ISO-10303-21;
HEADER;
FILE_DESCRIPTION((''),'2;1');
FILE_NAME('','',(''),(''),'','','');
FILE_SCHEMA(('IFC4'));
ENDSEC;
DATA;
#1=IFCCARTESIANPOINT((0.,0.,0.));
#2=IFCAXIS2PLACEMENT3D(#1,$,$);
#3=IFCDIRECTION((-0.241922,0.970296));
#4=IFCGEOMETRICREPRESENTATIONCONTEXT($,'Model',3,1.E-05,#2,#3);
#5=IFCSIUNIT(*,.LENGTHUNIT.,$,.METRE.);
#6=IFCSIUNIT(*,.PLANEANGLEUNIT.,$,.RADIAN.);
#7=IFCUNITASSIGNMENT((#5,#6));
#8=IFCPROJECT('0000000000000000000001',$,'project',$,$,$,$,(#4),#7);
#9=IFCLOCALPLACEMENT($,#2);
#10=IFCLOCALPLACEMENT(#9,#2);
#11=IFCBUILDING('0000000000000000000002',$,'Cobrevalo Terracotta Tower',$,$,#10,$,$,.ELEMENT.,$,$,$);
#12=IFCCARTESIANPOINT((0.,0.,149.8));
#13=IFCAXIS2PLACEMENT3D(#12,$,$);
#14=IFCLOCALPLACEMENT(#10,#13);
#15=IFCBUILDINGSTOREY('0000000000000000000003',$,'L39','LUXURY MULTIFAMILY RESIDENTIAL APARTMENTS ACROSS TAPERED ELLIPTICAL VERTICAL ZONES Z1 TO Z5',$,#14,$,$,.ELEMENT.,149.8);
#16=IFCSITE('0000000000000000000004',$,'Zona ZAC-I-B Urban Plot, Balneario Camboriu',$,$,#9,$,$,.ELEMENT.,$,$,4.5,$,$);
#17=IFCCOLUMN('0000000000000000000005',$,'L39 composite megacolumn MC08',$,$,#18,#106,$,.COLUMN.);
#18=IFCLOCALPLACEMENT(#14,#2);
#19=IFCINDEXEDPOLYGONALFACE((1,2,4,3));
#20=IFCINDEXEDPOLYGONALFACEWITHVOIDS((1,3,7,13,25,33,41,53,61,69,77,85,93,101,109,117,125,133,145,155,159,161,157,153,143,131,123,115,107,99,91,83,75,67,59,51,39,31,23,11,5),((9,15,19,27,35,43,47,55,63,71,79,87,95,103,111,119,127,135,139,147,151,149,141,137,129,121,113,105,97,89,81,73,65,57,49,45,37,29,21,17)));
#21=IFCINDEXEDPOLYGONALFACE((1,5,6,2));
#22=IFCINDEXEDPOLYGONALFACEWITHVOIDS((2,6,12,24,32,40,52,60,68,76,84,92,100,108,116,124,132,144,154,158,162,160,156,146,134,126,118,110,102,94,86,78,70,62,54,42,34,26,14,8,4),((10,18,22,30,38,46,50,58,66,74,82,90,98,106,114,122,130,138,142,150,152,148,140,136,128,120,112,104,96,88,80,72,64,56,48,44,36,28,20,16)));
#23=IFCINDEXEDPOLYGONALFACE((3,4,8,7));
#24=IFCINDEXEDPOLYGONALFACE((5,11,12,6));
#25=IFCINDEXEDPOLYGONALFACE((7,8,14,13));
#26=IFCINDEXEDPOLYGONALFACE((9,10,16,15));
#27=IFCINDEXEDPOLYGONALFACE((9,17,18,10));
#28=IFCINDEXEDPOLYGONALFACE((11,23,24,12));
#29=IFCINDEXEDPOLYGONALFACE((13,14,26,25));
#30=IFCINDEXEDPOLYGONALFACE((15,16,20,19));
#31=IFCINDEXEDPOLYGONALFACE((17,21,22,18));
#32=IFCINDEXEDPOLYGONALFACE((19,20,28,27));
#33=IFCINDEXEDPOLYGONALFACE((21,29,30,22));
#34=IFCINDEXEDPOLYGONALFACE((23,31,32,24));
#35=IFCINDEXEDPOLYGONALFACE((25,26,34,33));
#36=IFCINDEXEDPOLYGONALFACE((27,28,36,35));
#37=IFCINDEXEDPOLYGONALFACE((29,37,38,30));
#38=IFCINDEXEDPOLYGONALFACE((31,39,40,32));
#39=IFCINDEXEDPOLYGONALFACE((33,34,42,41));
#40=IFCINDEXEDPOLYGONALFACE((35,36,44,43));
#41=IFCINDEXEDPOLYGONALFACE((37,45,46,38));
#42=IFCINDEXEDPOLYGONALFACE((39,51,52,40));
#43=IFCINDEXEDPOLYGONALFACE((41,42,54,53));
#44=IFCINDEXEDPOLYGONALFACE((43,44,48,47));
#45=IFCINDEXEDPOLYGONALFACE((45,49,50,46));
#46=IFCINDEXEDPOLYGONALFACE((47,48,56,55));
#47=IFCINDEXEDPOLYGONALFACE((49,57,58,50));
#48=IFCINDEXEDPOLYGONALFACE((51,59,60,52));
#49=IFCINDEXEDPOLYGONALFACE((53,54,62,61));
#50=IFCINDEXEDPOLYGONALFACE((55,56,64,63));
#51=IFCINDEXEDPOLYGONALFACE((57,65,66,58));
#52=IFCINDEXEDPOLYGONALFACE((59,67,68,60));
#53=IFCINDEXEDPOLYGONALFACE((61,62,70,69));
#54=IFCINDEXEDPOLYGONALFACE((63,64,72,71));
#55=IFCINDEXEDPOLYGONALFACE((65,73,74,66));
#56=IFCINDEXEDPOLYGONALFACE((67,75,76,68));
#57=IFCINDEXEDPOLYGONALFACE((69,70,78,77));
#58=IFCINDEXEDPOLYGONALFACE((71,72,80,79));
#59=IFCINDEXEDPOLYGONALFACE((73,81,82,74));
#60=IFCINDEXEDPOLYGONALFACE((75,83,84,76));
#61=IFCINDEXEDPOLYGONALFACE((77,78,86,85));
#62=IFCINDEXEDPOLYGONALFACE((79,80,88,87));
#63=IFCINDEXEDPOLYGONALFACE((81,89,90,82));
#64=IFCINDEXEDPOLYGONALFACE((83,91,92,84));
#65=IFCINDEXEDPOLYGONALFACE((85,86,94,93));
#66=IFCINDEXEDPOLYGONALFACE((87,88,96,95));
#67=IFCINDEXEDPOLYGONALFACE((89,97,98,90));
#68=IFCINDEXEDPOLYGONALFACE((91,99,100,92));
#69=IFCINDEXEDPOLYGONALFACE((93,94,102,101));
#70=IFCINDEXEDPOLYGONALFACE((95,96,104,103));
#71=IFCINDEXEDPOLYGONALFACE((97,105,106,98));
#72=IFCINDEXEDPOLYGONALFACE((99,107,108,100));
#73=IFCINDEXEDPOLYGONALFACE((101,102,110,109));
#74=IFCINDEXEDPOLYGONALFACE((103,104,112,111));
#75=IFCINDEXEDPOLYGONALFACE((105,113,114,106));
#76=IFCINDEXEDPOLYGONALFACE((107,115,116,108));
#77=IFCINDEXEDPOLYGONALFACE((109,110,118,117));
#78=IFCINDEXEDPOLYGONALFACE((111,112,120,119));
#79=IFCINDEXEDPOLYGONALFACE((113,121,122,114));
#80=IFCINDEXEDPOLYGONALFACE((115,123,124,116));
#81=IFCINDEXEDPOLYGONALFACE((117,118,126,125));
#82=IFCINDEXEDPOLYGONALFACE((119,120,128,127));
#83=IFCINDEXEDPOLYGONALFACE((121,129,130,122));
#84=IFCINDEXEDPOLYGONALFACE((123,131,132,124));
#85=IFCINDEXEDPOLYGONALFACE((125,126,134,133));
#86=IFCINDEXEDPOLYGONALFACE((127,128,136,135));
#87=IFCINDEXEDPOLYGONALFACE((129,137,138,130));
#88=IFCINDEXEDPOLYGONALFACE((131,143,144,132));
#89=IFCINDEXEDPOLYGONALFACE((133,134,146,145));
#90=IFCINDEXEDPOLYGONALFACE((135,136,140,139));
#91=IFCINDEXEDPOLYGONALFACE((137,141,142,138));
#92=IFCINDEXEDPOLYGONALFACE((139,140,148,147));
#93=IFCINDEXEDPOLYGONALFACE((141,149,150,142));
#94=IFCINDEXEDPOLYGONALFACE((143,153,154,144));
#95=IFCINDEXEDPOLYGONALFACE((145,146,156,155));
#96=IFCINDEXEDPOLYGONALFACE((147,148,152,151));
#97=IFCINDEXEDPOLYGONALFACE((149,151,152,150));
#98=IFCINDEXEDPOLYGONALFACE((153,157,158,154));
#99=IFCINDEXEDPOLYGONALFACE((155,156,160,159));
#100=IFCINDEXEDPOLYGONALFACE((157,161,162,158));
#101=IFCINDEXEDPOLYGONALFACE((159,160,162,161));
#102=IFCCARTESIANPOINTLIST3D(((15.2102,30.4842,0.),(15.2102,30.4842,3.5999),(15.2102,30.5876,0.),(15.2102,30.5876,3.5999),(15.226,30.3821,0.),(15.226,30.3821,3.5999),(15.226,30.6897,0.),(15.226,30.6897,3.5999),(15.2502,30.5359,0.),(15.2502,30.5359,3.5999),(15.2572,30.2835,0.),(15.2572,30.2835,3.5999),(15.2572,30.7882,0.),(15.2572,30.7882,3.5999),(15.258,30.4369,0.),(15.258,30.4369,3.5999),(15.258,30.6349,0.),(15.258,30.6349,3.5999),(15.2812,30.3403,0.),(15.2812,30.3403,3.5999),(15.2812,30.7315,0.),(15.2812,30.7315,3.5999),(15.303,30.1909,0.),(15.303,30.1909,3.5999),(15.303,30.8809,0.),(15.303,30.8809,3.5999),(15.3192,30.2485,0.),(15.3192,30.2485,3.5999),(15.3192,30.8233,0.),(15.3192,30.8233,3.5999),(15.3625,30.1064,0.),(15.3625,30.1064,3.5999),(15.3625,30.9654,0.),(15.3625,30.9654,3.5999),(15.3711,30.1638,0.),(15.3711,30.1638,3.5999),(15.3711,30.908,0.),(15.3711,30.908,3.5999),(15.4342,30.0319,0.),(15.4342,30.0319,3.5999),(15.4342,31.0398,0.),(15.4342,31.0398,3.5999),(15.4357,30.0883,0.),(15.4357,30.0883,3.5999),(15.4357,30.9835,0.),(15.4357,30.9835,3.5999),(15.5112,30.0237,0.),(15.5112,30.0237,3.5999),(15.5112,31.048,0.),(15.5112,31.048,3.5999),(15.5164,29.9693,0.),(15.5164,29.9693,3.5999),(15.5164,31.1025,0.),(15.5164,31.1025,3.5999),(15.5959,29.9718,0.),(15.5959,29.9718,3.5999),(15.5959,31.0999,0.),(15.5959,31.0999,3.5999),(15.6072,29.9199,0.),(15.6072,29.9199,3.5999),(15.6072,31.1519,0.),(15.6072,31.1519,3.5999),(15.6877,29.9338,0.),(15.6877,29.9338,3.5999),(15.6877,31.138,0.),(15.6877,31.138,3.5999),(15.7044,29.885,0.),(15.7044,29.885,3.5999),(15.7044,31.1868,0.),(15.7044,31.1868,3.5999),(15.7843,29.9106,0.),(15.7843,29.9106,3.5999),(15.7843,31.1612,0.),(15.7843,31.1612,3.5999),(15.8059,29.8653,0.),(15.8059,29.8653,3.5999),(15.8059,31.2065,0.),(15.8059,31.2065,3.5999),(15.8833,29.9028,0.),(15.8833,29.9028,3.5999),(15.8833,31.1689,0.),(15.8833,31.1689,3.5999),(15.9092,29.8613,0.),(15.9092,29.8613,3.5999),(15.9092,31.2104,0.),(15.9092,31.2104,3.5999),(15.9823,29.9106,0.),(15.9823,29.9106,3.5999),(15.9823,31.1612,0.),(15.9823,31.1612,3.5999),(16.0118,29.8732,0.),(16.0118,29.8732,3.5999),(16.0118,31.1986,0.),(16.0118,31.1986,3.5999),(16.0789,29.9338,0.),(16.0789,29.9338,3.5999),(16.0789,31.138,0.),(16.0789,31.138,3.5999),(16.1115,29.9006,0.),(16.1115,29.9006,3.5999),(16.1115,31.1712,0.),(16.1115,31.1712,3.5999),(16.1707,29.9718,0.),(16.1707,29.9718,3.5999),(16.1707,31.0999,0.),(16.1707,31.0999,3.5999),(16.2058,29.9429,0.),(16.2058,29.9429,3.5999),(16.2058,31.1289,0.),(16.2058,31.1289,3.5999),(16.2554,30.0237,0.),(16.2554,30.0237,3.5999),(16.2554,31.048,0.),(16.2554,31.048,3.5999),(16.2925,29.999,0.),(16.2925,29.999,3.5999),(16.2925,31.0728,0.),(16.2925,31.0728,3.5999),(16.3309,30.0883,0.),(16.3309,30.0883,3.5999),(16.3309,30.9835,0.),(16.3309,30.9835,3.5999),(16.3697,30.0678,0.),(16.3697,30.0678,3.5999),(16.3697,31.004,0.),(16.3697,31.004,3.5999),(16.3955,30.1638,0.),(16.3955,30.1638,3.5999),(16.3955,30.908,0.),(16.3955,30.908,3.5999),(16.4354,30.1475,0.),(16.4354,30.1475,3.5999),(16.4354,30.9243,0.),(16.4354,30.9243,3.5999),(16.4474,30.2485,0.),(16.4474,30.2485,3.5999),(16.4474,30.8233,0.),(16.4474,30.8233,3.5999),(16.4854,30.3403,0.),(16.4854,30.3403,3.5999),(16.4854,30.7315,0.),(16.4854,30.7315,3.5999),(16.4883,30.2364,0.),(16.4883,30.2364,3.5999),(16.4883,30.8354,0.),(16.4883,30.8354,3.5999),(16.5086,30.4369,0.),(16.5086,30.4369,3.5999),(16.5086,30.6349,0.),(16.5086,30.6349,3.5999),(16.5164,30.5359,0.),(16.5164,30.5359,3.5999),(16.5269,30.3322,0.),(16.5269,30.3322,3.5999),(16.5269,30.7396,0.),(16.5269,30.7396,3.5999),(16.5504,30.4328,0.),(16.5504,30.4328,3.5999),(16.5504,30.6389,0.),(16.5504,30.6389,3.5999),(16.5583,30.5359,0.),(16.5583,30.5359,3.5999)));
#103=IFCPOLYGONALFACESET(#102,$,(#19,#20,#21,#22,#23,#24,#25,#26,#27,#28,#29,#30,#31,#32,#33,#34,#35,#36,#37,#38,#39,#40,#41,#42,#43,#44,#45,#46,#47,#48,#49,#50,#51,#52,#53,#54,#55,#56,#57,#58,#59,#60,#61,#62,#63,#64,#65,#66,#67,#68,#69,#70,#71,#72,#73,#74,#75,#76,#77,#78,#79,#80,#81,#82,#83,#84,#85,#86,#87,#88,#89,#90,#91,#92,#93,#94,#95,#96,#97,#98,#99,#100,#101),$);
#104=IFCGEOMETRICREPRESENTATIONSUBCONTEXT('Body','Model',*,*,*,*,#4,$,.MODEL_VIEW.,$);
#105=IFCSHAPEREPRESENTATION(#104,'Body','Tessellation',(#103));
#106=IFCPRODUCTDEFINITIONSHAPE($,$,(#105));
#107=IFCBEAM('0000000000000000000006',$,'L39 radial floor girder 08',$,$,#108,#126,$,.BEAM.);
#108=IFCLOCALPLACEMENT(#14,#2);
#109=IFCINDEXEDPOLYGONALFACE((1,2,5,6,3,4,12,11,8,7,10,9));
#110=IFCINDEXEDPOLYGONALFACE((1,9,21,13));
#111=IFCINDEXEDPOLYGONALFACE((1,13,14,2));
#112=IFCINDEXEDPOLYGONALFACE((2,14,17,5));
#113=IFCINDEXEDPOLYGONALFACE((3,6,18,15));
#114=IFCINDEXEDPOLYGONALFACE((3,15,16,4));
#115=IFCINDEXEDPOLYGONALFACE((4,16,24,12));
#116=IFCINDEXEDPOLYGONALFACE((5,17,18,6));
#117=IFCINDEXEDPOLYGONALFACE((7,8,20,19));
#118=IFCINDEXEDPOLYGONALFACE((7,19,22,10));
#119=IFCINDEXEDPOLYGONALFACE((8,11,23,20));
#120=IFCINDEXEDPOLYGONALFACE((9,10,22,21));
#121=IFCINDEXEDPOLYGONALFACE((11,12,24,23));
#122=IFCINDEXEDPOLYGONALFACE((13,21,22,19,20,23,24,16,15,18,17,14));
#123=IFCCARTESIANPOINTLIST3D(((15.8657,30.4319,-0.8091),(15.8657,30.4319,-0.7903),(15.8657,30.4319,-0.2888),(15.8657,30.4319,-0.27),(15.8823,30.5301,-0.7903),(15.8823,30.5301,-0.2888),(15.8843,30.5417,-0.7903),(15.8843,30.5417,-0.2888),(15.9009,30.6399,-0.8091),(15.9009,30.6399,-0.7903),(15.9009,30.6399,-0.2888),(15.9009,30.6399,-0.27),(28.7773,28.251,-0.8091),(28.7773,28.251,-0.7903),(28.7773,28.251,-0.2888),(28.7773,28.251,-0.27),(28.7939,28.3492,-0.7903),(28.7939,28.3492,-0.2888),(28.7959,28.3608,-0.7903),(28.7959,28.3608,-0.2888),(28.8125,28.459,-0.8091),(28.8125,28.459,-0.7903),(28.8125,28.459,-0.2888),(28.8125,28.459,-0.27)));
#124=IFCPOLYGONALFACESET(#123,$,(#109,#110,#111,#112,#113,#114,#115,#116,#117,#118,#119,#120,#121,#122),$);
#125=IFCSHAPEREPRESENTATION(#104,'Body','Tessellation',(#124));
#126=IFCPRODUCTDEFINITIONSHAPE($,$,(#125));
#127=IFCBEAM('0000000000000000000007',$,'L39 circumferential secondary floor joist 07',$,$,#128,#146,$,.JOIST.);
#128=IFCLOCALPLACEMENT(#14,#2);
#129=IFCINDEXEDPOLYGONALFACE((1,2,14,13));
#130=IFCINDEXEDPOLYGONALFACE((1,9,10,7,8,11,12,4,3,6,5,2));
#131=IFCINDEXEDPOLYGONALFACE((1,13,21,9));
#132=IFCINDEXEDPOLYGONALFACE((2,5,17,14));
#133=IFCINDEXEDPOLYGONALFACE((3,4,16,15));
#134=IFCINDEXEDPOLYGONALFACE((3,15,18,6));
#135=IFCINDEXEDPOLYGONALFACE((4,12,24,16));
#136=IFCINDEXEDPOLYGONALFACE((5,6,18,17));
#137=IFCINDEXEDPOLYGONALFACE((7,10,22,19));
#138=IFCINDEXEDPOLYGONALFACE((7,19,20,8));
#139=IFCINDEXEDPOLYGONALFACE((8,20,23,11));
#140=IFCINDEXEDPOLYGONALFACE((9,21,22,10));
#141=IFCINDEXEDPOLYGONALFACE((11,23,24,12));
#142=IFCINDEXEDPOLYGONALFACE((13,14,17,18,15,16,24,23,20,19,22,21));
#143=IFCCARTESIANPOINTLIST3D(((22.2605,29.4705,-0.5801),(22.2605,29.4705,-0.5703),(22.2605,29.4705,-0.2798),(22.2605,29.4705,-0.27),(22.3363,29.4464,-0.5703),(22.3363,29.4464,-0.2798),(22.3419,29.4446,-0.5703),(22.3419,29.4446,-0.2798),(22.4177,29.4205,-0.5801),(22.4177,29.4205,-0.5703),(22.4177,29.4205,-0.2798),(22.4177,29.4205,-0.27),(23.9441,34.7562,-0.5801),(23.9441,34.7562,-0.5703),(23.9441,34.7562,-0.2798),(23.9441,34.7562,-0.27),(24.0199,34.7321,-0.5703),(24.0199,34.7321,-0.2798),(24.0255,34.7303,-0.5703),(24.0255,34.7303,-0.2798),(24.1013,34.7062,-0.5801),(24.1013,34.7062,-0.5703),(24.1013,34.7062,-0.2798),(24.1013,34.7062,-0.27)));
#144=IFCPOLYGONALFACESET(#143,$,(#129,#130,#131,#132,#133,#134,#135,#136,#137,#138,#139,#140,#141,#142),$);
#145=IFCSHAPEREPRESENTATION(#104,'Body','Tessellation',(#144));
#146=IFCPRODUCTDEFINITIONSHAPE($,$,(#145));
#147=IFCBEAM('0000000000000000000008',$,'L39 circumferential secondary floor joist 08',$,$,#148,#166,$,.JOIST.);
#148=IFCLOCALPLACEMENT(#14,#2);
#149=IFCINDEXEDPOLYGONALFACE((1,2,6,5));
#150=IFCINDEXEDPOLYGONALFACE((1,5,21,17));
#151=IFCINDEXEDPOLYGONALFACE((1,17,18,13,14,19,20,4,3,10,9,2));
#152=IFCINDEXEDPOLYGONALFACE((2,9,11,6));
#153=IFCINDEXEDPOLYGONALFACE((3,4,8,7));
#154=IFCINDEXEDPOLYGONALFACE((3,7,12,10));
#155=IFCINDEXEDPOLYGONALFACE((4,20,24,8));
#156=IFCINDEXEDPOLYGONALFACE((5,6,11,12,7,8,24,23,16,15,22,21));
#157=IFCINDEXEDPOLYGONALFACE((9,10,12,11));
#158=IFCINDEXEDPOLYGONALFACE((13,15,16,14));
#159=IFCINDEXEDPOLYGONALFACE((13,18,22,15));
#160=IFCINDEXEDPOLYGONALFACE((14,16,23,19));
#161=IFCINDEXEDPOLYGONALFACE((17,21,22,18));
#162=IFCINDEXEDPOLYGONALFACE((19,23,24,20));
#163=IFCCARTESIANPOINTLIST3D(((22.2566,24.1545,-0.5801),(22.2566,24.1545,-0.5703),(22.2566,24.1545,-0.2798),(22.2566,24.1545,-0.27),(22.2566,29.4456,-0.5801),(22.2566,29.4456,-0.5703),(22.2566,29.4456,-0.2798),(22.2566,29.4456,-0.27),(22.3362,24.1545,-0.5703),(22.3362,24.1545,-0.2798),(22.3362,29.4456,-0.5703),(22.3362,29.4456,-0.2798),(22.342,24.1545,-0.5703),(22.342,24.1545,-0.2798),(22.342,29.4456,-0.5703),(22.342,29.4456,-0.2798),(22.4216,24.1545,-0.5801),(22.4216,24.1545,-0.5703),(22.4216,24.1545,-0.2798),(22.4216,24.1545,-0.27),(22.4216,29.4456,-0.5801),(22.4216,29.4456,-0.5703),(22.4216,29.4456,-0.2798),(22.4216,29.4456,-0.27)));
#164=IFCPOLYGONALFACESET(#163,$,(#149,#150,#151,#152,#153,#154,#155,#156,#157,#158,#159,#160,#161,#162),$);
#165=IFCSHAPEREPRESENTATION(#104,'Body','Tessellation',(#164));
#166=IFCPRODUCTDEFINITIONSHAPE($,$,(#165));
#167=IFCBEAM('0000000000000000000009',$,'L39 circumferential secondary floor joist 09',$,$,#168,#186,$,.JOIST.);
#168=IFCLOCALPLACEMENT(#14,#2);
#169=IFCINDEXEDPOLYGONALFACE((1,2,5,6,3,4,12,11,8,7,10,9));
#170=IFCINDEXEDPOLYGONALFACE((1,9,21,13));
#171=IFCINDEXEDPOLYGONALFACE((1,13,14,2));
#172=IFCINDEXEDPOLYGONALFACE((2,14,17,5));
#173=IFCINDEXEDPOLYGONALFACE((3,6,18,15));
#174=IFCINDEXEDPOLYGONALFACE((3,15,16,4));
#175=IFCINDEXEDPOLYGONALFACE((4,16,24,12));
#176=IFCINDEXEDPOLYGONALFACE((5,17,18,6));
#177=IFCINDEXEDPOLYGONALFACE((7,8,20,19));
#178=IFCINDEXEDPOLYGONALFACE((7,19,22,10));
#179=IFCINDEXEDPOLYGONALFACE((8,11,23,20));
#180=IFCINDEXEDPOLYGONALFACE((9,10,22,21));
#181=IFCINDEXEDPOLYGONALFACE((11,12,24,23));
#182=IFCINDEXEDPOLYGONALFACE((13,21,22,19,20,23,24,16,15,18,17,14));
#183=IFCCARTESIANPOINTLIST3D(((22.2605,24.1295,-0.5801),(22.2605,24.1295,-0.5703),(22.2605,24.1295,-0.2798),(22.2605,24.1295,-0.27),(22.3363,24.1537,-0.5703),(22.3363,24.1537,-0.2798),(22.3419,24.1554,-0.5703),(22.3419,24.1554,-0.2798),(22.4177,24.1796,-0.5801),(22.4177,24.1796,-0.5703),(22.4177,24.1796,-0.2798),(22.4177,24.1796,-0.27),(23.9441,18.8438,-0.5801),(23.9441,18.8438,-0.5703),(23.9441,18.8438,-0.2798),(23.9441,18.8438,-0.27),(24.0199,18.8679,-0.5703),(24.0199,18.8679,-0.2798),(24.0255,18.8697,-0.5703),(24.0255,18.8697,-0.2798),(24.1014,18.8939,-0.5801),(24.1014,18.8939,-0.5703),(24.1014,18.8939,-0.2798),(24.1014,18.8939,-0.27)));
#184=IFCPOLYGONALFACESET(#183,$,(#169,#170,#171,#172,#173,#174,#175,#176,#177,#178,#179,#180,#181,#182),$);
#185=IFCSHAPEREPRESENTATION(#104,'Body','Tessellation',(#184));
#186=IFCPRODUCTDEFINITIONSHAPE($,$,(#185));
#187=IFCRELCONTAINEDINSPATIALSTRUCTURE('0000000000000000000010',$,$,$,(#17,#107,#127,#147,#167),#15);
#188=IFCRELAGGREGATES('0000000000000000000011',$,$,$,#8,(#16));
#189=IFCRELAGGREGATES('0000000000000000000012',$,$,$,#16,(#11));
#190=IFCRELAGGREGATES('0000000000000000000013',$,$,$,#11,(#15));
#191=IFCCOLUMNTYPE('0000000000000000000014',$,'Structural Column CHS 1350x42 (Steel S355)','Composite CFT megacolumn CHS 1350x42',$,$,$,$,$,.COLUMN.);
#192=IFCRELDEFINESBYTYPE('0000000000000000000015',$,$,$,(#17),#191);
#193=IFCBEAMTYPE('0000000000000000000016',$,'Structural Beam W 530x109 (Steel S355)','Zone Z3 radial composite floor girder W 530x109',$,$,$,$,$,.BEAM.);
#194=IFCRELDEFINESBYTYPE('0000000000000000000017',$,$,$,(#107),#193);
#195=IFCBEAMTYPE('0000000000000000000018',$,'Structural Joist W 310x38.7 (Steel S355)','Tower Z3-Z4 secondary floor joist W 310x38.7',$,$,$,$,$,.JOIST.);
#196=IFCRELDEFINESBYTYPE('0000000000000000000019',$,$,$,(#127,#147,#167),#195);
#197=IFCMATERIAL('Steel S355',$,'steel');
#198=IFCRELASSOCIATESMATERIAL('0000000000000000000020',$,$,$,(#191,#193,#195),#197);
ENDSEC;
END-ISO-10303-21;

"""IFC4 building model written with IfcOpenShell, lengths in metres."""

from ifc_helpers import new_model, si_unit, direction, frame, origin, origin_2d, place, context, subcontext, project, spatial, hollow_circle, i_section, extrude, material, material_profile, profile_set, type_object, element, save


model = new_model("IFC4")

# Units and contexts
model_context = context("Model", 3, precision=1e-05, world=origin(), true_north=direction((-0.241922, 0.970296)))
body_context = subcontext(model_context, "Body", "Model", "MODEL_VIEW")
ifc_project = project(units=[si_unit("LENGTHUNIT", "METRE"), si_unit("PLANEANGLEUNIT", "RADIAN")], contexts=[model_context])

# Site, building, storey
site_placement = place(None, origin())
site = spatial("IfcSite", under=ifc_project, at=site_placement, Name="Zona ZAC-I-B Urban Plot, Balneario Camboriu", CompositionType="ELEMENT", RefElevation=4.5)
building_placement = place(site_placement, origin())
building = spatial("IfcBuilding", under=site, at=building_placement, Name="Cobrevalo Terracotta Tower", CompositionType="ELEMENT")
storey_placement = place(building_placement, frame((0.0, 0.0, 149.8)))
storey = spatial("IfcBuildingStorey", under=building, at=storey_placement, Name="L39", Description="LUXURY MULTIFAMILY RESIDENTIAL APARTMENTS ACROSS TAPERED ELLIPTICAL VERTICAL ZONES Z1 TO Z5", CompositionType="ELEMENT", Elevation=149.8)

# Column
ifc_material_1 = material(Name="Steel S355", Category="steel")
ifc_material_profile_1 = material_profile(ifc_material_1, hollow_circle(Radius=0.675, WallThickness=0.042, at=origin_2d()), Name="CHS 1350x42")
ifc_profile_set_1 = profile_set([ifc_material_profile_1], Name="Steel S355")
column_type = type_object("IfcColumnType", Name="Structural Column CHS 1350x42 (Steel S355)", Description="Composite CFT megacolumn CHS 1350x42", PredefinedType="COLUMN", material=ifc_profile_set_1)
column_placement = place(storey_placement, frame((15.8833, 30.5359, 0.0), z_axis=(0.0, 0.0, 1.0), x_axis=(1.0, 0.0, 0.0)))
element("IfcColumn", 1, at=column_placement, inside=storey, type_object=column_type, Name="L39 composite megacolumn MC08", PredefinedType="COLUMN", context=body_context, shape_type="SweptSolid", body=[
    extrude(hollow_circle(Radius=0.675, WallThickness=0.042, at=origin_2d()), origin(), (0.0, 0.0, 1.0), 3.5999),
])

# Beams
ifc_material_profile_2 = material_profile(ifc_material_1, i_section(OverallWidth=0.2109, OverallDepth=0.5391, WebThickness=0.0117, FlangeThickness=0.0188, at=origin_2d()), Name="W 530x109")
ifc_profile_set_2 = profile_set([ifc_material_profile_2], Name="Steel S355")
beam_type_1 = type_object("IfcBeamType", Name="Structural Beam W 530x109 (Steel S355)", Description="Zone Z3 radial composite floor girder W 530x109", PredefinedType="BEAM", material=ifc_profile_set_2)
beam_1_placement = place(storey_placement, frame((15.8833, 30.5359, -0.5396), z_axis=(0.986033, -0.166551, 0.0), x_axis=(0.166551, 0.986033, 0.0)))
element("IfcBeam", 2, at=beam_1_placement, inside=storey, type_object=beam_type_1, Name="L39 radial floor girder 08", PredefinedType="BEAM", context=body_context, shape_type="SweptSolid", body=[
    extrude(i_section(OverallWidth=0.2109, OverallDepth=0.5391, WebThickness=0.0117, FlangeThickness=0.0188, at=origin_2d()), origin(), (0.0, 0.0, 1.0), 13.0945),
])
ifc_material_profile_3 = material_profile(ifc_material_1, i_section(OverallWidth=0.165, OverallDepth=0.3101, WebThickness=0.0059, FlangeThickness=0.0098, at=origin_2d()), Name="W 310x38.7")
ifc_profile_set_3 = profile_set([ifc_material_profile_3], Name="Steel S355")
beam_type_2 = type_object("IfcBeamType", Name="Structural Joist W 310x38.7 (Steel S355)", Description="Tower Z3-Z4 secondary floor joist W 310x38.7", PredefinedType="JOIST", material=ifc_profile_set_3)
beam_2_placement = place(storey_placement, frame((24.0227, 34.7312, -0.425), z_axis=(-0.303498, -0.952832, 0.0), x_axis=(0.952832, -0.303498, 0.0)))
element("IfcBeam", 3, at=beam_2_placement, inside=storey, type_object=beam_type_2, Name="L39 circumferential secondary floor joist 07", PredefinedType="JOIST", context=body_context, shape_type="SweptSolid", body=[
    extrude(i_section(OverallWidth=0.165, OverallDepth=0.3101, WebThickness=0.0059, FlangeThickness=0.0098, at=origin_2d()), origin(), (0.0, 0.0, 1.0), 5.5474),
])
beam_3_placement = place(storey_placement, frame((22.3391, 29.4456, -0.425), z_axis=(0.0, -1.0, 0.0), x_axis=(1.0, 0.0, 0.0)))
element("IfcBeam", 4, at=beam_3_placement, inside=storey, type_object=beam_type_2, Name="L39 circumferential secondary floor joist 08", PredefinedType="JOIST", context=body_context, shape_type="SweptSolid", body=[
    extrude(i_section(OverallWidth=0.165, OverallDepth=0.3101, WebThickness=0.0059, FlangeThickness=0.0098, at=origin_2d()), origin(), (0.0, 0.0, 1.0), 5.291),
])
beam_4_placement = place(storey_placement, frame((22.3391, 24.1545, -0.425), z_axis=(0.303498, -0.952832, 0.0), x_axis=(0.952832, 0.303498, 0.0)))
element("IfcBeam", 5, at=beam_4_placement, inside=storey, type_object=beam_type_2, Name="L39 circumferential secondary floor joist 09", PredefinedType="JOIST", context=body_context, shape_type="SweptSolid", body=[
    extrude(i_section(OverallWidth=0.165, OverallDepth=0.3101, WebThickness=0.0059, FlangeThickness=0.0098, at=origin_2d()), origin(), (0.0, 0.0, 1.0), 5.5474),
])

save(model, "model.ifc")
